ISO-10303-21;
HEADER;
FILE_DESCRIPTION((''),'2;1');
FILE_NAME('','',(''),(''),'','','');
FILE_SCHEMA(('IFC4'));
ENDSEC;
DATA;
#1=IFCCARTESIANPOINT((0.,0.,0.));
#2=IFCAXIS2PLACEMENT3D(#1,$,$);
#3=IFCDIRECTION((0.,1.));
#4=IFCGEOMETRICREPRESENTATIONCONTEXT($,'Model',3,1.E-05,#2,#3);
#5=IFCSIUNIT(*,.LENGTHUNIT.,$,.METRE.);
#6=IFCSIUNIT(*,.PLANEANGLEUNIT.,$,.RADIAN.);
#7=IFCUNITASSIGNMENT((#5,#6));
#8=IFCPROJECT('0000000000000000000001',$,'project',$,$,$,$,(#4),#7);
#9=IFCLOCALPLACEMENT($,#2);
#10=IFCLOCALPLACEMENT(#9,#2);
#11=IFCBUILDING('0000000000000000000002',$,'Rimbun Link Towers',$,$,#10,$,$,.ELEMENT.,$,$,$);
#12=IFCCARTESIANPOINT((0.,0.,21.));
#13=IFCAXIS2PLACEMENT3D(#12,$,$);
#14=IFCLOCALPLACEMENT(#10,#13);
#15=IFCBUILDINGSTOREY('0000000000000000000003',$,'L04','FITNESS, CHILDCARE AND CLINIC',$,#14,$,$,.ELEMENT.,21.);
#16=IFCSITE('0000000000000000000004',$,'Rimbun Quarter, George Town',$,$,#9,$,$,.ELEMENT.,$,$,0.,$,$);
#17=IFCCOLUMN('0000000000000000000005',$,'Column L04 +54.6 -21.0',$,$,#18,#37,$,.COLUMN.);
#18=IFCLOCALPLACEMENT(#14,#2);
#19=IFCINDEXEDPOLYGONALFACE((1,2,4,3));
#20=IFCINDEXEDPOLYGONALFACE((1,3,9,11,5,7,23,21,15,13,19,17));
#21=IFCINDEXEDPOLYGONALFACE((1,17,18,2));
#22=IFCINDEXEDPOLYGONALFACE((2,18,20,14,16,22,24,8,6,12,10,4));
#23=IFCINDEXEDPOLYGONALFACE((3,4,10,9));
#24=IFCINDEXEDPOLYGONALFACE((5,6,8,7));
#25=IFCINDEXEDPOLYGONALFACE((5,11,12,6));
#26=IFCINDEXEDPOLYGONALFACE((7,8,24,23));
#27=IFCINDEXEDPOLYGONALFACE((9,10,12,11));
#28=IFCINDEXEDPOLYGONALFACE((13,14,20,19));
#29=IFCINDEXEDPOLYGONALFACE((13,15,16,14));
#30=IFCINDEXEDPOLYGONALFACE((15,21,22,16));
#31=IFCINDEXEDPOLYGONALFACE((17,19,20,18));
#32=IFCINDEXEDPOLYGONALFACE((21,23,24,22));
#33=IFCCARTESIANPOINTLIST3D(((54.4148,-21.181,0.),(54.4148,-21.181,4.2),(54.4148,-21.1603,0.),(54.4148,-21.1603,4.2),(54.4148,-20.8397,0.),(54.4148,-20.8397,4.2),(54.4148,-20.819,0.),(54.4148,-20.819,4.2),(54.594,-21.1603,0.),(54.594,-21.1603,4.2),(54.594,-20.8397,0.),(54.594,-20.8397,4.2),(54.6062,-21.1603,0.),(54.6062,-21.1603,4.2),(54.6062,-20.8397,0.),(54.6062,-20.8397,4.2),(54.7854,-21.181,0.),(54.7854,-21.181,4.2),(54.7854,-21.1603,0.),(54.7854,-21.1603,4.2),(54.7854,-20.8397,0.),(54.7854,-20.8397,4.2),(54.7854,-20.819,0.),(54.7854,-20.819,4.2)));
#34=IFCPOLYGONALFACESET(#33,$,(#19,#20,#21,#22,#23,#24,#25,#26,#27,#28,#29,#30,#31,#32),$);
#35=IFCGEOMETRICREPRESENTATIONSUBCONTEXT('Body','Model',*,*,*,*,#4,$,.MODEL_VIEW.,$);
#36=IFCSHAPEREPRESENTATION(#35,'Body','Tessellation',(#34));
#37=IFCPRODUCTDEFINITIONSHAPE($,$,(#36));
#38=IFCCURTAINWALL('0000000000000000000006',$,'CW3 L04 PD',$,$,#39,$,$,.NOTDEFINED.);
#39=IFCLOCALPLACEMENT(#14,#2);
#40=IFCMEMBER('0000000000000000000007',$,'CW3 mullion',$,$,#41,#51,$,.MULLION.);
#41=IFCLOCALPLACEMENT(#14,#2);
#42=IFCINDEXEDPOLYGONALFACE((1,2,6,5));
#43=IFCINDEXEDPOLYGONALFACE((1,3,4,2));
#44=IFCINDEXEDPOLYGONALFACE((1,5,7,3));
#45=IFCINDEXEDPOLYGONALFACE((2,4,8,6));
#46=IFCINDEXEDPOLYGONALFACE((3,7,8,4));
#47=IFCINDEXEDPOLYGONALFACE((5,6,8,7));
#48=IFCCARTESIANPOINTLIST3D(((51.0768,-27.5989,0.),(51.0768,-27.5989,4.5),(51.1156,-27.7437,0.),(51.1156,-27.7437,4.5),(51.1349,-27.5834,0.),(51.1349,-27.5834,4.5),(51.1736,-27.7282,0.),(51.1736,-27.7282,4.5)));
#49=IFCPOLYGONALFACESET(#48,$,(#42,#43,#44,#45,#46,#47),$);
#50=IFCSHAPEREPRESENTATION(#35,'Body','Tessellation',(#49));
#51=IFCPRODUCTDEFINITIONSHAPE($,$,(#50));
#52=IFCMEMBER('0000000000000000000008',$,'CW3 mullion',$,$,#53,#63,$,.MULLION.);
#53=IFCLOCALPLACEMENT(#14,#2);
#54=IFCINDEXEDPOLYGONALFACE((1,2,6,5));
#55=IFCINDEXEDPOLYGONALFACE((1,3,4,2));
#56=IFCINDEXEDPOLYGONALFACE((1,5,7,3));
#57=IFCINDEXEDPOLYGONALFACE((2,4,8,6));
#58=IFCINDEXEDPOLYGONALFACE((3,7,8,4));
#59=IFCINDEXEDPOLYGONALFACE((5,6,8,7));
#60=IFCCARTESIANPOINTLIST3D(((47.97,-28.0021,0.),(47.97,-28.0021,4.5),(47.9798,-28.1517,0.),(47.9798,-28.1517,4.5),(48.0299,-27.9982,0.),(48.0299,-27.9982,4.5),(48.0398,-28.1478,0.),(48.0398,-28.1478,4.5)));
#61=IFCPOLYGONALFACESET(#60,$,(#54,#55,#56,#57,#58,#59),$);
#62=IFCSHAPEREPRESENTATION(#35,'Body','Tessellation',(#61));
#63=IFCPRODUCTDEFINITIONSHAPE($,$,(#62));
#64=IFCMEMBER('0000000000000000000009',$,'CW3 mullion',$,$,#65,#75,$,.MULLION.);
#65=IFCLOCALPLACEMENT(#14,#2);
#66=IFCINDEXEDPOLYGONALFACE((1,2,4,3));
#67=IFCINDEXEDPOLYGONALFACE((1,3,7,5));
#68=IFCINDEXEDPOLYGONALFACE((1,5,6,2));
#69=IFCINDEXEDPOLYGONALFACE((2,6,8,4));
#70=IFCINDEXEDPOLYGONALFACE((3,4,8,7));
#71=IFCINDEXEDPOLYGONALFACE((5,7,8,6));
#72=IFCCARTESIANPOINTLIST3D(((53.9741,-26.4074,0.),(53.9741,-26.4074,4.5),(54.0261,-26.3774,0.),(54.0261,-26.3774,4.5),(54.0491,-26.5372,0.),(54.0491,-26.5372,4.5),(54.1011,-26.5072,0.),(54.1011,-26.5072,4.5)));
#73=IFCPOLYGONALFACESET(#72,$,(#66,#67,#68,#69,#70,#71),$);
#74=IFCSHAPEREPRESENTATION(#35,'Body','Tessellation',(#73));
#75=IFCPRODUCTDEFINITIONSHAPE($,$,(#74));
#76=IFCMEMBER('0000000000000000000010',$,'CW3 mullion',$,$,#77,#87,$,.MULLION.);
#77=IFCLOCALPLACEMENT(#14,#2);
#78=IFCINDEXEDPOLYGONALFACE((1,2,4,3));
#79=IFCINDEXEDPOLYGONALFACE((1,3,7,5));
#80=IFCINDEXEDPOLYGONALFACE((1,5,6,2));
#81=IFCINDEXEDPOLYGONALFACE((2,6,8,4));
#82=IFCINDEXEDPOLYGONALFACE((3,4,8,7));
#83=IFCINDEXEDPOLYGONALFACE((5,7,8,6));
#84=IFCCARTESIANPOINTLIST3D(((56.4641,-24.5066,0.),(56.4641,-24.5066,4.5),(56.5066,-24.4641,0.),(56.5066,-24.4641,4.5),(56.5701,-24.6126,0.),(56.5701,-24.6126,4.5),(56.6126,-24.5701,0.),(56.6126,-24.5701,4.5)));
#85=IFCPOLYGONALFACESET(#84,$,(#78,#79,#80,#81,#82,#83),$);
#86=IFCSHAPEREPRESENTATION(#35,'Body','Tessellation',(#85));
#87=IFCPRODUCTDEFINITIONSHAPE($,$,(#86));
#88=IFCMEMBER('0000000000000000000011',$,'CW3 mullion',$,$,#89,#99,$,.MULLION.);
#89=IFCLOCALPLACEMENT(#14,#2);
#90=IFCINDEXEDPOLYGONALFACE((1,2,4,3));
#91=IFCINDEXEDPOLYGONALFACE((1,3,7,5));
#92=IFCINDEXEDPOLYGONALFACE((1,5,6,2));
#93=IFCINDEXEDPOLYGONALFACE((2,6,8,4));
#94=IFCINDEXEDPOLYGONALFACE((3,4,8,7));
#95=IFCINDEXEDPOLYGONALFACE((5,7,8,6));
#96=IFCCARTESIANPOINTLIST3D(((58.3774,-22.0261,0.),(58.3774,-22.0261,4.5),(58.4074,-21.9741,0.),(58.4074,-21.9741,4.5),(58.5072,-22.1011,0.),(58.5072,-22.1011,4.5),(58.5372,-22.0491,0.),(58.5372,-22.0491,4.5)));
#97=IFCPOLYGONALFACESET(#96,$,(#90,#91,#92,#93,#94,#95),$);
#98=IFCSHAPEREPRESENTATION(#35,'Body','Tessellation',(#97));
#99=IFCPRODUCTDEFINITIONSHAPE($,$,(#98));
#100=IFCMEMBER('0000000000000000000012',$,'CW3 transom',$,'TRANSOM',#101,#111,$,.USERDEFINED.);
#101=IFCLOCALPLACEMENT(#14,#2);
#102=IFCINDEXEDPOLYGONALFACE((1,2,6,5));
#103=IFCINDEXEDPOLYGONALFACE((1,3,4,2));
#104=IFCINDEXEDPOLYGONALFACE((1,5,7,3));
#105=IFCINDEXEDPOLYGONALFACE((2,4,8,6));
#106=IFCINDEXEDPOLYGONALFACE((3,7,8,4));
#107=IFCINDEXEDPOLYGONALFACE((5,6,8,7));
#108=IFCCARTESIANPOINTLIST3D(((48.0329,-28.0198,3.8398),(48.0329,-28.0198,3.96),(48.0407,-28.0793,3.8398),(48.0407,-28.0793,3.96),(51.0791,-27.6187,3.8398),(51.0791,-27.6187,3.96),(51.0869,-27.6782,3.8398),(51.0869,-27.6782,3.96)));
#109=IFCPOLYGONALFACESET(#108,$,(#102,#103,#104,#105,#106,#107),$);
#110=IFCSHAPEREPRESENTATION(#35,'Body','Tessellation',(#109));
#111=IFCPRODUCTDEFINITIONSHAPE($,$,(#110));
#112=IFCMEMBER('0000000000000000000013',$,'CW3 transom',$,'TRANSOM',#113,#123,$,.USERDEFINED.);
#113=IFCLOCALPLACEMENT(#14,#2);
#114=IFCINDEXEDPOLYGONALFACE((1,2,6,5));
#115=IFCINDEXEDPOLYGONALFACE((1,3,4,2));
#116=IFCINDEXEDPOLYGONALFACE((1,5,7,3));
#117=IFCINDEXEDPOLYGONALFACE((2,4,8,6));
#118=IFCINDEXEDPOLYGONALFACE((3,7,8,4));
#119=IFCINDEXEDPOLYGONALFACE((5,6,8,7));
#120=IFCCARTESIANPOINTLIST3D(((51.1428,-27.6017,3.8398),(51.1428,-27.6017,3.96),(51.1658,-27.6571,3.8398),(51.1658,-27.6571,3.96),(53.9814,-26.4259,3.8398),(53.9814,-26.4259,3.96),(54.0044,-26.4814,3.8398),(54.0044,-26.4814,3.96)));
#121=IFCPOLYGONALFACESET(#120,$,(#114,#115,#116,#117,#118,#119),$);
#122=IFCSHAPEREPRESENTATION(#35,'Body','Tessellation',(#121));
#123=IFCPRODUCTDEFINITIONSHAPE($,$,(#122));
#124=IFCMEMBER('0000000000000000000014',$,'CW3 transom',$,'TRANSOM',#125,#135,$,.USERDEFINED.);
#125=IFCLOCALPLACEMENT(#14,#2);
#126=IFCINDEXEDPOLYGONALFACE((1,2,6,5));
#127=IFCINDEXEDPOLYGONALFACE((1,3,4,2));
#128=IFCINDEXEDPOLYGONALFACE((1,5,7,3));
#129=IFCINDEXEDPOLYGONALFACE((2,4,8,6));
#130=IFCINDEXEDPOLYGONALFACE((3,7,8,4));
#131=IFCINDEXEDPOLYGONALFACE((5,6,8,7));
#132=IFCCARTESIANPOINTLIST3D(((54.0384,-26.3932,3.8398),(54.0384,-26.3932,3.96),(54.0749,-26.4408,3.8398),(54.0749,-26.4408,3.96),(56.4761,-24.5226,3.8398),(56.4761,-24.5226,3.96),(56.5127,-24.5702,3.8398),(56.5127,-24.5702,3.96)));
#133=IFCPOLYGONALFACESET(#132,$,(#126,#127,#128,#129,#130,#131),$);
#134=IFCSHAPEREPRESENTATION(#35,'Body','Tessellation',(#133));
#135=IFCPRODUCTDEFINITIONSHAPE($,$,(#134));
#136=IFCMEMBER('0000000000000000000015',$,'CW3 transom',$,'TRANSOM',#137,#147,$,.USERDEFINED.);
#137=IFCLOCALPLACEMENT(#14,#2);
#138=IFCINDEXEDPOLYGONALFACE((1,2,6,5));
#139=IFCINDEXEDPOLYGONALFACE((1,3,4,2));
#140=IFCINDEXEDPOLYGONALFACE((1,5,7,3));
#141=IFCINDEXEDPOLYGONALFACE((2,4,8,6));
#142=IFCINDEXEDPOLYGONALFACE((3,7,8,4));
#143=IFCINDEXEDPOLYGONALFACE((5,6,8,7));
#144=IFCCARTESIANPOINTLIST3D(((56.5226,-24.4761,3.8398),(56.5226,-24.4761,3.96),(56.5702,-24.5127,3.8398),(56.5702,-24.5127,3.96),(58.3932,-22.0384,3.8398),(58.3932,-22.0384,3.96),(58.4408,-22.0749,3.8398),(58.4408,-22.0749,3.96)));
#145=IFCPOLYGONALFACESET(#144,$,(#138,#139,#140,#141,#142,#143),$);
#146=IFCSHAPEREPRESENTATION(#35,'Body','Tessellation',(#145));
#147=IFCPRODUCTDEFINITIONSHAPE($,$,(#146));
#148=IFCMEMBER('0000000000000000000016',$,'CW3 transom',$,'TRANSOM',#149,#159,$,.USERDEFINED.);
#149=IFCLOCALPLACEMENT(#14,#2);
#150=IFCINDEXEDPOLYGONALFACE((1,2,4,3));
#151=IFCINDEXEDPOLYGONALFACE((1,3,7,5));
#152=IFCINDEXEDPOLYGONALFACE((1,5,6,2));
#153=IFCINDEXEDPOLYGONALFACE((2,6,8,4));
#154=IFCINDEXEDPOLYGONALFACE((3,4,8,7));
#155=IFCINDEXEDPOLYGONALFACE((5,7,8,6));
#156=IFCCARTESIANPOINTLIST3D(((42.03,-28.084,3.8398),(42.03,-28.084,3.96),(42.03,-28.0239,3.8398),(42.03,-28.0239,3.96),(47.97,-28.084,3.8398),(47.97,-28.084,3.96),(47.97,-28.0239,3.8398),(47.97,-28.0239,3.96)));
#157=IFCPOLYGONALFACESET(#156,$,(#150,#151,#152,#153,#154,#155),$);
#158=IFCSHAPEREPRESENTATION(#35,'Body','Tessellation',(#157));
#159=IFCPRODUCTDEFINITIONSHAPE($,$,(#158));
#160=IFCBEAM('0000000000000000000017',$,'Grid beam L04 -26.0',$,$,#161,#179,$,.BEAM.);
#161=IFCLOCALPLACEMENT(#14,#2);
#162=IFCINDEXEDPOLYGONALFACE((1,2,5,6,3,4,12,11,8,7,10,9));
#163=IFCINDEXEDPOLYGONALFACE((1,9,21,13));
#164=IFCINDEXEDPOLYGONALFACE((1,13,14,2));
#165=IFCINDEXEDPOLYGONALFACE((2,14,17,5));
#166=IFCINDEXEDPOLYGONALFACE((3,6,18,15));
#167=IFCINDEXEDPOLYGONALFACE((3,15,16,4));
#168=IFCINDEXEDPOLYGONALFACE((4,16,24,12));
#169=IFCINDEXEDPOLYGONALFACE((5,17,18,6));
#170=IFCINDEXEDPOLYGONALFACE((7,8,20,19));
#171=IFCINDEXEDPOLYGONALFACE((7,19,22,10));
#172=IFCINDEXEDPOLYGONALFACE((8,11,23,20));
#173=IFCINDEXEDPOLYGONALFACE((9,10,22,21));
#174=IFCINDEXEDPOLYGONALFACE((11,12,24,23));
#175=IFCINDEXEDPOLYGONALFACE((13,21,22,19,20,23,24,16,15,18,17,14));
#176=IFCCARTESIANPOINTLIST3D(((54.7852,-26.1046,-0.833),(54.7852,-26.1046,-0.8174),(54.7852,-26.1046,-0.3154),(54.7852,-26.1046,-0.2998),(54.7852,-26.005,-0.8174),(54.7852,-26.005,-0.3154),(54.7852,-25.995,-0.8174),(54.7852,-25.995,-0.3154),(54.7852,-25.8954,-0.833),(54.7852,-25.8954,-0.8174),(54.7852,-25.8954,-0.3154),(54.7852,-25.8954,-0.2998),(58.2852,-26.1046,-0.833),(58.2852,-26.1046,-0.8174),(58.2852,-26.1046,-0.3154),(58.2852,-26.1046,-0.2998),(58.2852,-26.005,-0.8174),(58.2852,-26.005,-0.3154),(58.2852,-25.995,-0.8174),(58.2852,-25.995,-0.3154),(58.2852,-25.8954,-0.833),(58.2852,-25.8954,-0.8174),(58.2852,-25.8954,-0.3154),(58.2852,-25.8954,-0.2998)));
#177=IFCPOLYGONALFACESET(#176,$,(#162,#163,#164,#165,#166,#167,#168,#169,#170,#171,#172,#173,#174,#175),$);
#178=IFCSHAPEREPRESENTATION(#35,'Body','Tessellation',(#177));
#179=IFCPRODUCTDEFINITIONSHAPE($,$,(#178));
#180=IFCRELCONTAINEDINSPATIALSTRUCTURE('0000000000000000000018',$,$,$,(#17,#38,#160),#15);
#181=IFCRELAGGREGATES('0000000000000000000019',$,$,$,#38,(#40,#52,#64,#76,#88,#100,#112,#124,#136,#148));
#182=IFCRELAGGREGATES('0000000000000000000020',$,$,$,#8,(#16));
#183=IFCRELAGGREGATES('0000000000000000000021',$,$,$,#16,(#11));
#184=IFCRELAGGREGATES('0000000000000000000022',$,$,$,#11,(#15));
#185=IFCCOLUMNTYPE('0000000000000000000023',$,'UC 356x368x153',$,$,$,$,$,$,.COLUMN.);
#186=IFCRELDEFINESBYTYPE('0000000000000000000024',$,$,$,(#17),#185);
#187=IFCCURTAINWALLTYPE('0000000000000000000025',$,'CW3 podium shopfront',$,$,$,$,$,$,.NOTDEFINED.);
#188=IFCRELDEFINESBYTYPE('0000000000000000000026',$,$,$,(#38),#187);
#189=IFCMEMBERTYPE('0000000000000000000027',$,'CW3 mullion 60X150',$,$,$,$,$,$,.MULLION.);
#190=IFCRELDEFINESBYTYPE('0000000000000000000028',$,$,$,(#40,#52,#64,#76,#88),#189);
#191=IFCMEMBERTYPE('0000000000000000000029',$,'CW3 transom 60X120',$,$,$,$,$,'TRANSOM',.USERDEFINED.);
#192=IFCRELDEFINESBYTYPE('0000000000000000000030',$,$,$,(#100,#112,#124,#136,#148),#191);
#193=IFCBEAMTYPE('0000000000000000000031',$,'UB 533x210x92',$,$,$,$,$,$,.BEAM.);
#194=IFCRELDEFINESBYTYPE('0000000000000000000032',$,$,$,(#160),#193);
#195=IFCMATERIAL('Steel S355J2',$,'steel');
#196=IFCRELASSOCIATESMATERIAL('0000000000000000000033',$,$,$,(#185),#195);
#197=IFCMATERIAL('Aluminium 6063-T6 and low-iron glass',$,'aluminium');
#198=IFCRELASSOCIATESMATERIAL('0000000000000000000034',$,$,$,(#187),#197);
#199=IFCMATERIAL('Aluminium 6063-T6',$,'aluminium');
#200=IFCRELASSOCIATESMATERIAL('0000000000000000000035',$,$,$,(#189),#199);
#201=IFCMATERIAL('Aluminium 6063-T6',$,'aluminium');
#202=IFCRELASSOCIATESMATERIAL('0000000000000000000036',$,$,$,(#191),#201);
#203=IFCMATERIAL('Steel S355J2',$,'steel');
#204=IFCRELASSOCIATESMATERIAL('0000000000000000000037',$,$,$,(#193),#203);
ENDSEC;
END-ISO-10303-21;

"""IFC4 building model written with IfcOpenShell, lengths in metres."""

from ifc_helpers import new_model, si_unit, direction, frame, origin, origin_2d, place, context, subcontext, project, spatial, rectangle, i_section, extrude, material, material_profile, profile_set, type_object, element, aggregate, save


model = new_model("IFC4")

# Units and contexts
model_context = context("Model", 3, precision=1e-05, world=origin(), true_north=direction((0.0, 1.0)))
body_context = subcontext(model_context, "Body", "Model", "MODEL_VIEW")
ifc_project = project(units=[si_unit("LENGTHUNIT", "METRE"), si_unit("PLANEANGLEUNIT", "RADIAN")], contexts=[model_context])

# Site, building, storey
site_placement = place(None, origin())
site = spatial("IfcSite", under=ifc_project, at=site_placement, Name="Rimbun Quarter, George Town", CompositionType="ELEMENT", RefElevation=0.0)
building_placement = place(site_placement, origin())
building = spatial("IfcBuilding", under=site, at=building_placement, Name="Rimbun Link Towers", CompositionType="ELEMENT")
storey_placement = place(building_placement, frame((0.0, 0.0, 21.0)))
storey = spatial("IfcBuildingStorey", under=building, at=storey_placement, Name="L04", Description="FITNESS, CHILDCARE AND CLINIC", CompositionType="ELEMENT", Elevation=21.0)

# Column
ifc_material_1 = material(Name="Steel S355J2", Category="steel")
ifc_material_profile_1 = material_profile(ifc_material_1, i_section(OverallWidth=0.3706, OverallDepth=0.3621, WebThickness=0.0122, FlangeThickness=0.0208, at=origin_2d()), Name="UC 356x368x153")
ifc_profile_set_1 = profile_set([ifc_material_profile_1], Name="Steel S355J2")
column_type = type_object("IfcColumnType", Name="UC 356x368x153", PredefinedType="COLUMN", material=ifc_profile_set_1)
column_placement = place(storey_placement, frame((54.6001, -21.0, 0.0), z_axis=(0.0, 0.0, 1.0), x_axis=(1.0, 0.0, 0.0)))
element("IfcColumn", 1, at=column_placement, inside=storey, type_object=column_type, Name="Column L04 +54.6 -21.0", PredefinedType="COLUMN", context=body_context, shape_type="SweptSolid", body=[
    extrude(i_section(OverallWidth=0.3706, OverallDepth=0.3621, WebThickness=0.0122, FlangeThickness=0.0208, at=origin_2d()), origin(), (0.0, 0.0, 1.0), 4.2),
])

# Curtain wall, members
ifc_material_2 = material(Name="Aluminium 6063-T6 and low-iron glass", Category="aluminium")
curtain_wall_type = type_object("IfcCurtainWallType", Name="CW3 podium shopfront", PredefinedType="NOTDEFINED", material=ifc_material_2)
curtain_wall_placement = place(storey_placement, origin())
curtain_wall = element("IfcCurtainWall", 2, at=curtain_wall_placement, inside=storey, type_object=curtain_wall_type, Name="CW3 L04 PD", PredefinedType="NOTDEFINED")
ifc_material_3 = material(Name="Aluminium 6063-T6", Category="aluminium")
ifc_material_profile_2 = material_profile(ifc_material_3, rectangle(XDim=0.1499, YDim=0.0601, at=origin_2d()), Name="MULLION 60X150")
ifc_profile_set_2 = profile_set([ifc_material_profile_2], Name="Aluminium 6063-T6")
member_type_1 = type_object("IfcMemberType", Name="CW3 mullion 60X150", PredefinedType="MULLION", material=ifc_profile_set_2)
member_1_placement = place(storey_placement, frame((51.1252, -27.6636, 0.0), z_axis=(0.0, 0.0, 1.0), x_axis=(0.258819, -0.965926, 0.0)))
member_1 = element("IfcMember", 3, at=member_1_placement, type_object=member_type_1, Name="CW3 mullion", PredefinedType="MULLION", context=body_context, shape_type="SweptSolid", body=[
    extrude(rectangle(XDim=0.1499, YDim=0.0601, at=origin_2d()), origin(), (0.0, 0.0, 1.0), 4.5),
])
member_2_placement = place(storey_placement, frame((48.0049, -28.075, 0.0), z_axis=(0.0, 0.0, 1.0), x_axis=(0.065405, -0.997859, 0.0)))
member_2 = element("IfcMember", 4, at=member_2_placement, type_object=member_type_1, Name="CW3 mullion", PredefinedType="MULLION", context=body_context, shape_type="SweptSolid", body=[
    extrude(rectangle(XDim=0.1499, YDim=0.0601, at=origin_2d()), origin(), (0.0, 0.0, 1.0), 4.5),
])
member_3_placement = place(storey_placement, frame((54.0376, -26.4573, 0.0), z_axis=(0.0, 0.0, 1.0), x_axis=(0.499994, -0.866029, 0.0)))
member_3 = element("IfcMember", 5, at=member_3_placement, type_object=member_type_1, Name="CW3 mullion", PredefinedType="MULLION", context=body_context, shape_type="SweptSolid", body=[
    extrude(rectangle(XDim=0.1499, YDim=0.0601, at=origin_2d()), origin(), (0.0, 0.0, 1.0), 4.5),
])
member_4_placement = place(storey_placement, frame((56.5383, -24.5383, 0.0), z_axis=(0.0, 0.0, 1.0), x_axis=(0.707107, -0.707107, 0.0)))
member_4 = element("IfcMember", 6, at=member_4_placement, type_object=member_type_1, Name="CW3 mullion", PredefinedType="MULLION", context=body_context, shape_type="SweptSolid", body=[
    extrude(rectangle(XDim=0.1499, YDim=0.0601, at=origin_2d()), origin(), (0.0, 0.0, 1.0), 4.5),
])
member_5_placement = place(storey_placement, frame((58.4573, -22.0376, 0.0), z_axis=(0.0, 0.0, 1.0), x_axis=(0.866029, -0.499994, 0.0)))
member_5 = element("IfcMember", 7, at=member_5_placement, type_object=member_type_1, Name="CW3 mullion", PredefinedType="MULLION", context=body_context, shape_type="SweptSolid", body=[
    extrude(rectangle(XDim=0.1499, YDim=0.0601, at=origin_2d()), origin(), (0.0, 0.0, 1.0), 4.5),
])
ifc_material_4 = material(Name="Aluminium 6063-T6", Category="aluminium")
ifc_material_profile_3 = material_profile(ifc_material_4, rectangle(XDim=0.0601, YDim=0.1201, at=origin_2d()), Name="TRANSOM 60X120")
ifc_profile_set_3 = profile_set([ifc_material_profile_3], Name="Aluminium 6063-T6")
member_type_2 = type_object("IfcMemberType", Name="CW3 transom 60X120", ElementType="TRANSOM", PredefinedType="USERDEFINED", material=ifc_profile_set_3)
member_6_placement = place(storey_placement, frame((51.083, -27.6484, 3.8999), z_axis=(-0.991441, -0.130555, 0.0), x_axis=(0.130555, -0.991441, 0.0)))
member_6 = element("IfcMember", 8, at=member_6_placement, type_object=member_type_2, Name="CW3 transom", ObjectType="TRANSOM", PredefinedType="USERDEFINED", context=body_context, shape_type="SweptSolid", body=[
    extrude(rectangle(XDim=0.0601, YDim=0.1201, at=origin_2d()), origin(), (0.0, 0.0, 1.0), 3.0725),
])
member_7_placement = place(storey_placement, frame((53.9929, -26.4536, 3.8999), z_axis=(-0.923881, -0.382679, 0.0), x_axis=(0.382679, -0.923881, 0.0)))
member_7 = element("IfcMember", 9, at=member_7_placement, type_object=member_type_2, Name="CW3 transom", ObjectType="TRANSOM", PredefinedType="USERDEFINED", context=body_context, shape_type="SweptSolid", body=[
    extrude(rectangle(XDim=0.0601, YDim=0.1201, at=origin_2d()), origin(), (0.0, 0.0, 1.0), 3.0725),
])
member_8_placement = place(storey_placement, frame((56.4944, -24.5464, 3.8999), z_axis=(-0.793344, -0.608773, 0.0), x_axis=(0.608773, -0.793344, 0.0)))
member_8 = element("IfcMember", 10, at=member_8_placement, type_object=member_type_2, Name="CW3 transom", ObjectType="TRANSOM", PredefinedType="USERDEFINED", context=body_context, shape_type="SweptSolid", body=[
    extrude(rectangle(XDim=0.0601, YDim=0.1201, at=origin_2d()), origin(), (0.0, 0.0, 1.0), 3.0728),
])
member_9_placement = place(storey_placement, frame((58.417, -22.0566, 3.8999), z_axis=(-0.608773, -0.793344, 0.0), x_axis=(0.793344, -0.608773, 0.0)))
member_9 = element("IfcMember", 11, at=member_9_placement, type_object=member_type_2, Name="CW3 transom", ObjectType="TRANSOM", PredefinedType="USERDEFINED", context=body_context, shape_type="SweptSolid", body=[
    extrude(rectangle(XDim=0.0601, YDim=0.1201, at=origin_2d()), origin(), (0.0, 0.0, 1.0), 3.0728),
])
member_10_placement = place(storey_placement, frame((47.97, -28.054, 3.8999), z_axis=(-1.0, 0.0, 0.0), x_axis=(0.0, -1.0, 0.0)))
member_10 = element("IfcMember", 12, at=member_10_placement, type_object=member_type_2, Name="CW3 transom", ObjectType="TRANSOM", PredefinedType="USERDEFINED", context=body_context, shape_type="SweptSolid", body=[
    extrude(rectangle(XDim=0.0601, YDim=0.1201, at=origin_2d()), origin(), (0.0, 0.0, 1.0), 5.9399),
])

# Beam
ifc_material_5 = material(Name="Steel S355J2", Category="steel")
ifc_material_profile_4 = material_profile(ifc_material_5, i_section(OverallWidth=0.2092, OverallDepth=0.5332, WebThickness=0.01, FlangeThickness=0.0156, at=origin_2d()), Name="UB 533x210x92")
ifc_profile_set_4 = profile_set([ifc_material_profile_4], Name="Steel S355J2")
beam_type = type_object("IfcBeamType", Name="UB 533x210x92", PredefinedType="BEAM", material=ifc_profile_set_4)
beam_1_placement = place(storey_placement, frame((54.7852, -26.0, -0.5664), z_axis=(1.0, 0.0, 0.0), x_axis=(0.0, 1.0, 0.0)))
element("IfcBeam", 13, at=beam_1_placement, inside=storey, type_object=beam_type, Name="Grid beam L04 -26.0", PredefinedType="BEAM", context=body_context, shape_type="SweptSolid", body=[
    extrude(i_section(OverallWidth=0.2092, OverallDepth=0.5332, WebThickness=0.01, FlangeThickness=0.0156, at=origin_2d()), origin(), (0.0, 0.0, 1.0), 3.5),
])

aggregate(curtain_wall, [member_1, member_2, member_3, member_4, member_5, member_6, member_7, member_8, member_9, member_10])

save(model, "model.ifc")
